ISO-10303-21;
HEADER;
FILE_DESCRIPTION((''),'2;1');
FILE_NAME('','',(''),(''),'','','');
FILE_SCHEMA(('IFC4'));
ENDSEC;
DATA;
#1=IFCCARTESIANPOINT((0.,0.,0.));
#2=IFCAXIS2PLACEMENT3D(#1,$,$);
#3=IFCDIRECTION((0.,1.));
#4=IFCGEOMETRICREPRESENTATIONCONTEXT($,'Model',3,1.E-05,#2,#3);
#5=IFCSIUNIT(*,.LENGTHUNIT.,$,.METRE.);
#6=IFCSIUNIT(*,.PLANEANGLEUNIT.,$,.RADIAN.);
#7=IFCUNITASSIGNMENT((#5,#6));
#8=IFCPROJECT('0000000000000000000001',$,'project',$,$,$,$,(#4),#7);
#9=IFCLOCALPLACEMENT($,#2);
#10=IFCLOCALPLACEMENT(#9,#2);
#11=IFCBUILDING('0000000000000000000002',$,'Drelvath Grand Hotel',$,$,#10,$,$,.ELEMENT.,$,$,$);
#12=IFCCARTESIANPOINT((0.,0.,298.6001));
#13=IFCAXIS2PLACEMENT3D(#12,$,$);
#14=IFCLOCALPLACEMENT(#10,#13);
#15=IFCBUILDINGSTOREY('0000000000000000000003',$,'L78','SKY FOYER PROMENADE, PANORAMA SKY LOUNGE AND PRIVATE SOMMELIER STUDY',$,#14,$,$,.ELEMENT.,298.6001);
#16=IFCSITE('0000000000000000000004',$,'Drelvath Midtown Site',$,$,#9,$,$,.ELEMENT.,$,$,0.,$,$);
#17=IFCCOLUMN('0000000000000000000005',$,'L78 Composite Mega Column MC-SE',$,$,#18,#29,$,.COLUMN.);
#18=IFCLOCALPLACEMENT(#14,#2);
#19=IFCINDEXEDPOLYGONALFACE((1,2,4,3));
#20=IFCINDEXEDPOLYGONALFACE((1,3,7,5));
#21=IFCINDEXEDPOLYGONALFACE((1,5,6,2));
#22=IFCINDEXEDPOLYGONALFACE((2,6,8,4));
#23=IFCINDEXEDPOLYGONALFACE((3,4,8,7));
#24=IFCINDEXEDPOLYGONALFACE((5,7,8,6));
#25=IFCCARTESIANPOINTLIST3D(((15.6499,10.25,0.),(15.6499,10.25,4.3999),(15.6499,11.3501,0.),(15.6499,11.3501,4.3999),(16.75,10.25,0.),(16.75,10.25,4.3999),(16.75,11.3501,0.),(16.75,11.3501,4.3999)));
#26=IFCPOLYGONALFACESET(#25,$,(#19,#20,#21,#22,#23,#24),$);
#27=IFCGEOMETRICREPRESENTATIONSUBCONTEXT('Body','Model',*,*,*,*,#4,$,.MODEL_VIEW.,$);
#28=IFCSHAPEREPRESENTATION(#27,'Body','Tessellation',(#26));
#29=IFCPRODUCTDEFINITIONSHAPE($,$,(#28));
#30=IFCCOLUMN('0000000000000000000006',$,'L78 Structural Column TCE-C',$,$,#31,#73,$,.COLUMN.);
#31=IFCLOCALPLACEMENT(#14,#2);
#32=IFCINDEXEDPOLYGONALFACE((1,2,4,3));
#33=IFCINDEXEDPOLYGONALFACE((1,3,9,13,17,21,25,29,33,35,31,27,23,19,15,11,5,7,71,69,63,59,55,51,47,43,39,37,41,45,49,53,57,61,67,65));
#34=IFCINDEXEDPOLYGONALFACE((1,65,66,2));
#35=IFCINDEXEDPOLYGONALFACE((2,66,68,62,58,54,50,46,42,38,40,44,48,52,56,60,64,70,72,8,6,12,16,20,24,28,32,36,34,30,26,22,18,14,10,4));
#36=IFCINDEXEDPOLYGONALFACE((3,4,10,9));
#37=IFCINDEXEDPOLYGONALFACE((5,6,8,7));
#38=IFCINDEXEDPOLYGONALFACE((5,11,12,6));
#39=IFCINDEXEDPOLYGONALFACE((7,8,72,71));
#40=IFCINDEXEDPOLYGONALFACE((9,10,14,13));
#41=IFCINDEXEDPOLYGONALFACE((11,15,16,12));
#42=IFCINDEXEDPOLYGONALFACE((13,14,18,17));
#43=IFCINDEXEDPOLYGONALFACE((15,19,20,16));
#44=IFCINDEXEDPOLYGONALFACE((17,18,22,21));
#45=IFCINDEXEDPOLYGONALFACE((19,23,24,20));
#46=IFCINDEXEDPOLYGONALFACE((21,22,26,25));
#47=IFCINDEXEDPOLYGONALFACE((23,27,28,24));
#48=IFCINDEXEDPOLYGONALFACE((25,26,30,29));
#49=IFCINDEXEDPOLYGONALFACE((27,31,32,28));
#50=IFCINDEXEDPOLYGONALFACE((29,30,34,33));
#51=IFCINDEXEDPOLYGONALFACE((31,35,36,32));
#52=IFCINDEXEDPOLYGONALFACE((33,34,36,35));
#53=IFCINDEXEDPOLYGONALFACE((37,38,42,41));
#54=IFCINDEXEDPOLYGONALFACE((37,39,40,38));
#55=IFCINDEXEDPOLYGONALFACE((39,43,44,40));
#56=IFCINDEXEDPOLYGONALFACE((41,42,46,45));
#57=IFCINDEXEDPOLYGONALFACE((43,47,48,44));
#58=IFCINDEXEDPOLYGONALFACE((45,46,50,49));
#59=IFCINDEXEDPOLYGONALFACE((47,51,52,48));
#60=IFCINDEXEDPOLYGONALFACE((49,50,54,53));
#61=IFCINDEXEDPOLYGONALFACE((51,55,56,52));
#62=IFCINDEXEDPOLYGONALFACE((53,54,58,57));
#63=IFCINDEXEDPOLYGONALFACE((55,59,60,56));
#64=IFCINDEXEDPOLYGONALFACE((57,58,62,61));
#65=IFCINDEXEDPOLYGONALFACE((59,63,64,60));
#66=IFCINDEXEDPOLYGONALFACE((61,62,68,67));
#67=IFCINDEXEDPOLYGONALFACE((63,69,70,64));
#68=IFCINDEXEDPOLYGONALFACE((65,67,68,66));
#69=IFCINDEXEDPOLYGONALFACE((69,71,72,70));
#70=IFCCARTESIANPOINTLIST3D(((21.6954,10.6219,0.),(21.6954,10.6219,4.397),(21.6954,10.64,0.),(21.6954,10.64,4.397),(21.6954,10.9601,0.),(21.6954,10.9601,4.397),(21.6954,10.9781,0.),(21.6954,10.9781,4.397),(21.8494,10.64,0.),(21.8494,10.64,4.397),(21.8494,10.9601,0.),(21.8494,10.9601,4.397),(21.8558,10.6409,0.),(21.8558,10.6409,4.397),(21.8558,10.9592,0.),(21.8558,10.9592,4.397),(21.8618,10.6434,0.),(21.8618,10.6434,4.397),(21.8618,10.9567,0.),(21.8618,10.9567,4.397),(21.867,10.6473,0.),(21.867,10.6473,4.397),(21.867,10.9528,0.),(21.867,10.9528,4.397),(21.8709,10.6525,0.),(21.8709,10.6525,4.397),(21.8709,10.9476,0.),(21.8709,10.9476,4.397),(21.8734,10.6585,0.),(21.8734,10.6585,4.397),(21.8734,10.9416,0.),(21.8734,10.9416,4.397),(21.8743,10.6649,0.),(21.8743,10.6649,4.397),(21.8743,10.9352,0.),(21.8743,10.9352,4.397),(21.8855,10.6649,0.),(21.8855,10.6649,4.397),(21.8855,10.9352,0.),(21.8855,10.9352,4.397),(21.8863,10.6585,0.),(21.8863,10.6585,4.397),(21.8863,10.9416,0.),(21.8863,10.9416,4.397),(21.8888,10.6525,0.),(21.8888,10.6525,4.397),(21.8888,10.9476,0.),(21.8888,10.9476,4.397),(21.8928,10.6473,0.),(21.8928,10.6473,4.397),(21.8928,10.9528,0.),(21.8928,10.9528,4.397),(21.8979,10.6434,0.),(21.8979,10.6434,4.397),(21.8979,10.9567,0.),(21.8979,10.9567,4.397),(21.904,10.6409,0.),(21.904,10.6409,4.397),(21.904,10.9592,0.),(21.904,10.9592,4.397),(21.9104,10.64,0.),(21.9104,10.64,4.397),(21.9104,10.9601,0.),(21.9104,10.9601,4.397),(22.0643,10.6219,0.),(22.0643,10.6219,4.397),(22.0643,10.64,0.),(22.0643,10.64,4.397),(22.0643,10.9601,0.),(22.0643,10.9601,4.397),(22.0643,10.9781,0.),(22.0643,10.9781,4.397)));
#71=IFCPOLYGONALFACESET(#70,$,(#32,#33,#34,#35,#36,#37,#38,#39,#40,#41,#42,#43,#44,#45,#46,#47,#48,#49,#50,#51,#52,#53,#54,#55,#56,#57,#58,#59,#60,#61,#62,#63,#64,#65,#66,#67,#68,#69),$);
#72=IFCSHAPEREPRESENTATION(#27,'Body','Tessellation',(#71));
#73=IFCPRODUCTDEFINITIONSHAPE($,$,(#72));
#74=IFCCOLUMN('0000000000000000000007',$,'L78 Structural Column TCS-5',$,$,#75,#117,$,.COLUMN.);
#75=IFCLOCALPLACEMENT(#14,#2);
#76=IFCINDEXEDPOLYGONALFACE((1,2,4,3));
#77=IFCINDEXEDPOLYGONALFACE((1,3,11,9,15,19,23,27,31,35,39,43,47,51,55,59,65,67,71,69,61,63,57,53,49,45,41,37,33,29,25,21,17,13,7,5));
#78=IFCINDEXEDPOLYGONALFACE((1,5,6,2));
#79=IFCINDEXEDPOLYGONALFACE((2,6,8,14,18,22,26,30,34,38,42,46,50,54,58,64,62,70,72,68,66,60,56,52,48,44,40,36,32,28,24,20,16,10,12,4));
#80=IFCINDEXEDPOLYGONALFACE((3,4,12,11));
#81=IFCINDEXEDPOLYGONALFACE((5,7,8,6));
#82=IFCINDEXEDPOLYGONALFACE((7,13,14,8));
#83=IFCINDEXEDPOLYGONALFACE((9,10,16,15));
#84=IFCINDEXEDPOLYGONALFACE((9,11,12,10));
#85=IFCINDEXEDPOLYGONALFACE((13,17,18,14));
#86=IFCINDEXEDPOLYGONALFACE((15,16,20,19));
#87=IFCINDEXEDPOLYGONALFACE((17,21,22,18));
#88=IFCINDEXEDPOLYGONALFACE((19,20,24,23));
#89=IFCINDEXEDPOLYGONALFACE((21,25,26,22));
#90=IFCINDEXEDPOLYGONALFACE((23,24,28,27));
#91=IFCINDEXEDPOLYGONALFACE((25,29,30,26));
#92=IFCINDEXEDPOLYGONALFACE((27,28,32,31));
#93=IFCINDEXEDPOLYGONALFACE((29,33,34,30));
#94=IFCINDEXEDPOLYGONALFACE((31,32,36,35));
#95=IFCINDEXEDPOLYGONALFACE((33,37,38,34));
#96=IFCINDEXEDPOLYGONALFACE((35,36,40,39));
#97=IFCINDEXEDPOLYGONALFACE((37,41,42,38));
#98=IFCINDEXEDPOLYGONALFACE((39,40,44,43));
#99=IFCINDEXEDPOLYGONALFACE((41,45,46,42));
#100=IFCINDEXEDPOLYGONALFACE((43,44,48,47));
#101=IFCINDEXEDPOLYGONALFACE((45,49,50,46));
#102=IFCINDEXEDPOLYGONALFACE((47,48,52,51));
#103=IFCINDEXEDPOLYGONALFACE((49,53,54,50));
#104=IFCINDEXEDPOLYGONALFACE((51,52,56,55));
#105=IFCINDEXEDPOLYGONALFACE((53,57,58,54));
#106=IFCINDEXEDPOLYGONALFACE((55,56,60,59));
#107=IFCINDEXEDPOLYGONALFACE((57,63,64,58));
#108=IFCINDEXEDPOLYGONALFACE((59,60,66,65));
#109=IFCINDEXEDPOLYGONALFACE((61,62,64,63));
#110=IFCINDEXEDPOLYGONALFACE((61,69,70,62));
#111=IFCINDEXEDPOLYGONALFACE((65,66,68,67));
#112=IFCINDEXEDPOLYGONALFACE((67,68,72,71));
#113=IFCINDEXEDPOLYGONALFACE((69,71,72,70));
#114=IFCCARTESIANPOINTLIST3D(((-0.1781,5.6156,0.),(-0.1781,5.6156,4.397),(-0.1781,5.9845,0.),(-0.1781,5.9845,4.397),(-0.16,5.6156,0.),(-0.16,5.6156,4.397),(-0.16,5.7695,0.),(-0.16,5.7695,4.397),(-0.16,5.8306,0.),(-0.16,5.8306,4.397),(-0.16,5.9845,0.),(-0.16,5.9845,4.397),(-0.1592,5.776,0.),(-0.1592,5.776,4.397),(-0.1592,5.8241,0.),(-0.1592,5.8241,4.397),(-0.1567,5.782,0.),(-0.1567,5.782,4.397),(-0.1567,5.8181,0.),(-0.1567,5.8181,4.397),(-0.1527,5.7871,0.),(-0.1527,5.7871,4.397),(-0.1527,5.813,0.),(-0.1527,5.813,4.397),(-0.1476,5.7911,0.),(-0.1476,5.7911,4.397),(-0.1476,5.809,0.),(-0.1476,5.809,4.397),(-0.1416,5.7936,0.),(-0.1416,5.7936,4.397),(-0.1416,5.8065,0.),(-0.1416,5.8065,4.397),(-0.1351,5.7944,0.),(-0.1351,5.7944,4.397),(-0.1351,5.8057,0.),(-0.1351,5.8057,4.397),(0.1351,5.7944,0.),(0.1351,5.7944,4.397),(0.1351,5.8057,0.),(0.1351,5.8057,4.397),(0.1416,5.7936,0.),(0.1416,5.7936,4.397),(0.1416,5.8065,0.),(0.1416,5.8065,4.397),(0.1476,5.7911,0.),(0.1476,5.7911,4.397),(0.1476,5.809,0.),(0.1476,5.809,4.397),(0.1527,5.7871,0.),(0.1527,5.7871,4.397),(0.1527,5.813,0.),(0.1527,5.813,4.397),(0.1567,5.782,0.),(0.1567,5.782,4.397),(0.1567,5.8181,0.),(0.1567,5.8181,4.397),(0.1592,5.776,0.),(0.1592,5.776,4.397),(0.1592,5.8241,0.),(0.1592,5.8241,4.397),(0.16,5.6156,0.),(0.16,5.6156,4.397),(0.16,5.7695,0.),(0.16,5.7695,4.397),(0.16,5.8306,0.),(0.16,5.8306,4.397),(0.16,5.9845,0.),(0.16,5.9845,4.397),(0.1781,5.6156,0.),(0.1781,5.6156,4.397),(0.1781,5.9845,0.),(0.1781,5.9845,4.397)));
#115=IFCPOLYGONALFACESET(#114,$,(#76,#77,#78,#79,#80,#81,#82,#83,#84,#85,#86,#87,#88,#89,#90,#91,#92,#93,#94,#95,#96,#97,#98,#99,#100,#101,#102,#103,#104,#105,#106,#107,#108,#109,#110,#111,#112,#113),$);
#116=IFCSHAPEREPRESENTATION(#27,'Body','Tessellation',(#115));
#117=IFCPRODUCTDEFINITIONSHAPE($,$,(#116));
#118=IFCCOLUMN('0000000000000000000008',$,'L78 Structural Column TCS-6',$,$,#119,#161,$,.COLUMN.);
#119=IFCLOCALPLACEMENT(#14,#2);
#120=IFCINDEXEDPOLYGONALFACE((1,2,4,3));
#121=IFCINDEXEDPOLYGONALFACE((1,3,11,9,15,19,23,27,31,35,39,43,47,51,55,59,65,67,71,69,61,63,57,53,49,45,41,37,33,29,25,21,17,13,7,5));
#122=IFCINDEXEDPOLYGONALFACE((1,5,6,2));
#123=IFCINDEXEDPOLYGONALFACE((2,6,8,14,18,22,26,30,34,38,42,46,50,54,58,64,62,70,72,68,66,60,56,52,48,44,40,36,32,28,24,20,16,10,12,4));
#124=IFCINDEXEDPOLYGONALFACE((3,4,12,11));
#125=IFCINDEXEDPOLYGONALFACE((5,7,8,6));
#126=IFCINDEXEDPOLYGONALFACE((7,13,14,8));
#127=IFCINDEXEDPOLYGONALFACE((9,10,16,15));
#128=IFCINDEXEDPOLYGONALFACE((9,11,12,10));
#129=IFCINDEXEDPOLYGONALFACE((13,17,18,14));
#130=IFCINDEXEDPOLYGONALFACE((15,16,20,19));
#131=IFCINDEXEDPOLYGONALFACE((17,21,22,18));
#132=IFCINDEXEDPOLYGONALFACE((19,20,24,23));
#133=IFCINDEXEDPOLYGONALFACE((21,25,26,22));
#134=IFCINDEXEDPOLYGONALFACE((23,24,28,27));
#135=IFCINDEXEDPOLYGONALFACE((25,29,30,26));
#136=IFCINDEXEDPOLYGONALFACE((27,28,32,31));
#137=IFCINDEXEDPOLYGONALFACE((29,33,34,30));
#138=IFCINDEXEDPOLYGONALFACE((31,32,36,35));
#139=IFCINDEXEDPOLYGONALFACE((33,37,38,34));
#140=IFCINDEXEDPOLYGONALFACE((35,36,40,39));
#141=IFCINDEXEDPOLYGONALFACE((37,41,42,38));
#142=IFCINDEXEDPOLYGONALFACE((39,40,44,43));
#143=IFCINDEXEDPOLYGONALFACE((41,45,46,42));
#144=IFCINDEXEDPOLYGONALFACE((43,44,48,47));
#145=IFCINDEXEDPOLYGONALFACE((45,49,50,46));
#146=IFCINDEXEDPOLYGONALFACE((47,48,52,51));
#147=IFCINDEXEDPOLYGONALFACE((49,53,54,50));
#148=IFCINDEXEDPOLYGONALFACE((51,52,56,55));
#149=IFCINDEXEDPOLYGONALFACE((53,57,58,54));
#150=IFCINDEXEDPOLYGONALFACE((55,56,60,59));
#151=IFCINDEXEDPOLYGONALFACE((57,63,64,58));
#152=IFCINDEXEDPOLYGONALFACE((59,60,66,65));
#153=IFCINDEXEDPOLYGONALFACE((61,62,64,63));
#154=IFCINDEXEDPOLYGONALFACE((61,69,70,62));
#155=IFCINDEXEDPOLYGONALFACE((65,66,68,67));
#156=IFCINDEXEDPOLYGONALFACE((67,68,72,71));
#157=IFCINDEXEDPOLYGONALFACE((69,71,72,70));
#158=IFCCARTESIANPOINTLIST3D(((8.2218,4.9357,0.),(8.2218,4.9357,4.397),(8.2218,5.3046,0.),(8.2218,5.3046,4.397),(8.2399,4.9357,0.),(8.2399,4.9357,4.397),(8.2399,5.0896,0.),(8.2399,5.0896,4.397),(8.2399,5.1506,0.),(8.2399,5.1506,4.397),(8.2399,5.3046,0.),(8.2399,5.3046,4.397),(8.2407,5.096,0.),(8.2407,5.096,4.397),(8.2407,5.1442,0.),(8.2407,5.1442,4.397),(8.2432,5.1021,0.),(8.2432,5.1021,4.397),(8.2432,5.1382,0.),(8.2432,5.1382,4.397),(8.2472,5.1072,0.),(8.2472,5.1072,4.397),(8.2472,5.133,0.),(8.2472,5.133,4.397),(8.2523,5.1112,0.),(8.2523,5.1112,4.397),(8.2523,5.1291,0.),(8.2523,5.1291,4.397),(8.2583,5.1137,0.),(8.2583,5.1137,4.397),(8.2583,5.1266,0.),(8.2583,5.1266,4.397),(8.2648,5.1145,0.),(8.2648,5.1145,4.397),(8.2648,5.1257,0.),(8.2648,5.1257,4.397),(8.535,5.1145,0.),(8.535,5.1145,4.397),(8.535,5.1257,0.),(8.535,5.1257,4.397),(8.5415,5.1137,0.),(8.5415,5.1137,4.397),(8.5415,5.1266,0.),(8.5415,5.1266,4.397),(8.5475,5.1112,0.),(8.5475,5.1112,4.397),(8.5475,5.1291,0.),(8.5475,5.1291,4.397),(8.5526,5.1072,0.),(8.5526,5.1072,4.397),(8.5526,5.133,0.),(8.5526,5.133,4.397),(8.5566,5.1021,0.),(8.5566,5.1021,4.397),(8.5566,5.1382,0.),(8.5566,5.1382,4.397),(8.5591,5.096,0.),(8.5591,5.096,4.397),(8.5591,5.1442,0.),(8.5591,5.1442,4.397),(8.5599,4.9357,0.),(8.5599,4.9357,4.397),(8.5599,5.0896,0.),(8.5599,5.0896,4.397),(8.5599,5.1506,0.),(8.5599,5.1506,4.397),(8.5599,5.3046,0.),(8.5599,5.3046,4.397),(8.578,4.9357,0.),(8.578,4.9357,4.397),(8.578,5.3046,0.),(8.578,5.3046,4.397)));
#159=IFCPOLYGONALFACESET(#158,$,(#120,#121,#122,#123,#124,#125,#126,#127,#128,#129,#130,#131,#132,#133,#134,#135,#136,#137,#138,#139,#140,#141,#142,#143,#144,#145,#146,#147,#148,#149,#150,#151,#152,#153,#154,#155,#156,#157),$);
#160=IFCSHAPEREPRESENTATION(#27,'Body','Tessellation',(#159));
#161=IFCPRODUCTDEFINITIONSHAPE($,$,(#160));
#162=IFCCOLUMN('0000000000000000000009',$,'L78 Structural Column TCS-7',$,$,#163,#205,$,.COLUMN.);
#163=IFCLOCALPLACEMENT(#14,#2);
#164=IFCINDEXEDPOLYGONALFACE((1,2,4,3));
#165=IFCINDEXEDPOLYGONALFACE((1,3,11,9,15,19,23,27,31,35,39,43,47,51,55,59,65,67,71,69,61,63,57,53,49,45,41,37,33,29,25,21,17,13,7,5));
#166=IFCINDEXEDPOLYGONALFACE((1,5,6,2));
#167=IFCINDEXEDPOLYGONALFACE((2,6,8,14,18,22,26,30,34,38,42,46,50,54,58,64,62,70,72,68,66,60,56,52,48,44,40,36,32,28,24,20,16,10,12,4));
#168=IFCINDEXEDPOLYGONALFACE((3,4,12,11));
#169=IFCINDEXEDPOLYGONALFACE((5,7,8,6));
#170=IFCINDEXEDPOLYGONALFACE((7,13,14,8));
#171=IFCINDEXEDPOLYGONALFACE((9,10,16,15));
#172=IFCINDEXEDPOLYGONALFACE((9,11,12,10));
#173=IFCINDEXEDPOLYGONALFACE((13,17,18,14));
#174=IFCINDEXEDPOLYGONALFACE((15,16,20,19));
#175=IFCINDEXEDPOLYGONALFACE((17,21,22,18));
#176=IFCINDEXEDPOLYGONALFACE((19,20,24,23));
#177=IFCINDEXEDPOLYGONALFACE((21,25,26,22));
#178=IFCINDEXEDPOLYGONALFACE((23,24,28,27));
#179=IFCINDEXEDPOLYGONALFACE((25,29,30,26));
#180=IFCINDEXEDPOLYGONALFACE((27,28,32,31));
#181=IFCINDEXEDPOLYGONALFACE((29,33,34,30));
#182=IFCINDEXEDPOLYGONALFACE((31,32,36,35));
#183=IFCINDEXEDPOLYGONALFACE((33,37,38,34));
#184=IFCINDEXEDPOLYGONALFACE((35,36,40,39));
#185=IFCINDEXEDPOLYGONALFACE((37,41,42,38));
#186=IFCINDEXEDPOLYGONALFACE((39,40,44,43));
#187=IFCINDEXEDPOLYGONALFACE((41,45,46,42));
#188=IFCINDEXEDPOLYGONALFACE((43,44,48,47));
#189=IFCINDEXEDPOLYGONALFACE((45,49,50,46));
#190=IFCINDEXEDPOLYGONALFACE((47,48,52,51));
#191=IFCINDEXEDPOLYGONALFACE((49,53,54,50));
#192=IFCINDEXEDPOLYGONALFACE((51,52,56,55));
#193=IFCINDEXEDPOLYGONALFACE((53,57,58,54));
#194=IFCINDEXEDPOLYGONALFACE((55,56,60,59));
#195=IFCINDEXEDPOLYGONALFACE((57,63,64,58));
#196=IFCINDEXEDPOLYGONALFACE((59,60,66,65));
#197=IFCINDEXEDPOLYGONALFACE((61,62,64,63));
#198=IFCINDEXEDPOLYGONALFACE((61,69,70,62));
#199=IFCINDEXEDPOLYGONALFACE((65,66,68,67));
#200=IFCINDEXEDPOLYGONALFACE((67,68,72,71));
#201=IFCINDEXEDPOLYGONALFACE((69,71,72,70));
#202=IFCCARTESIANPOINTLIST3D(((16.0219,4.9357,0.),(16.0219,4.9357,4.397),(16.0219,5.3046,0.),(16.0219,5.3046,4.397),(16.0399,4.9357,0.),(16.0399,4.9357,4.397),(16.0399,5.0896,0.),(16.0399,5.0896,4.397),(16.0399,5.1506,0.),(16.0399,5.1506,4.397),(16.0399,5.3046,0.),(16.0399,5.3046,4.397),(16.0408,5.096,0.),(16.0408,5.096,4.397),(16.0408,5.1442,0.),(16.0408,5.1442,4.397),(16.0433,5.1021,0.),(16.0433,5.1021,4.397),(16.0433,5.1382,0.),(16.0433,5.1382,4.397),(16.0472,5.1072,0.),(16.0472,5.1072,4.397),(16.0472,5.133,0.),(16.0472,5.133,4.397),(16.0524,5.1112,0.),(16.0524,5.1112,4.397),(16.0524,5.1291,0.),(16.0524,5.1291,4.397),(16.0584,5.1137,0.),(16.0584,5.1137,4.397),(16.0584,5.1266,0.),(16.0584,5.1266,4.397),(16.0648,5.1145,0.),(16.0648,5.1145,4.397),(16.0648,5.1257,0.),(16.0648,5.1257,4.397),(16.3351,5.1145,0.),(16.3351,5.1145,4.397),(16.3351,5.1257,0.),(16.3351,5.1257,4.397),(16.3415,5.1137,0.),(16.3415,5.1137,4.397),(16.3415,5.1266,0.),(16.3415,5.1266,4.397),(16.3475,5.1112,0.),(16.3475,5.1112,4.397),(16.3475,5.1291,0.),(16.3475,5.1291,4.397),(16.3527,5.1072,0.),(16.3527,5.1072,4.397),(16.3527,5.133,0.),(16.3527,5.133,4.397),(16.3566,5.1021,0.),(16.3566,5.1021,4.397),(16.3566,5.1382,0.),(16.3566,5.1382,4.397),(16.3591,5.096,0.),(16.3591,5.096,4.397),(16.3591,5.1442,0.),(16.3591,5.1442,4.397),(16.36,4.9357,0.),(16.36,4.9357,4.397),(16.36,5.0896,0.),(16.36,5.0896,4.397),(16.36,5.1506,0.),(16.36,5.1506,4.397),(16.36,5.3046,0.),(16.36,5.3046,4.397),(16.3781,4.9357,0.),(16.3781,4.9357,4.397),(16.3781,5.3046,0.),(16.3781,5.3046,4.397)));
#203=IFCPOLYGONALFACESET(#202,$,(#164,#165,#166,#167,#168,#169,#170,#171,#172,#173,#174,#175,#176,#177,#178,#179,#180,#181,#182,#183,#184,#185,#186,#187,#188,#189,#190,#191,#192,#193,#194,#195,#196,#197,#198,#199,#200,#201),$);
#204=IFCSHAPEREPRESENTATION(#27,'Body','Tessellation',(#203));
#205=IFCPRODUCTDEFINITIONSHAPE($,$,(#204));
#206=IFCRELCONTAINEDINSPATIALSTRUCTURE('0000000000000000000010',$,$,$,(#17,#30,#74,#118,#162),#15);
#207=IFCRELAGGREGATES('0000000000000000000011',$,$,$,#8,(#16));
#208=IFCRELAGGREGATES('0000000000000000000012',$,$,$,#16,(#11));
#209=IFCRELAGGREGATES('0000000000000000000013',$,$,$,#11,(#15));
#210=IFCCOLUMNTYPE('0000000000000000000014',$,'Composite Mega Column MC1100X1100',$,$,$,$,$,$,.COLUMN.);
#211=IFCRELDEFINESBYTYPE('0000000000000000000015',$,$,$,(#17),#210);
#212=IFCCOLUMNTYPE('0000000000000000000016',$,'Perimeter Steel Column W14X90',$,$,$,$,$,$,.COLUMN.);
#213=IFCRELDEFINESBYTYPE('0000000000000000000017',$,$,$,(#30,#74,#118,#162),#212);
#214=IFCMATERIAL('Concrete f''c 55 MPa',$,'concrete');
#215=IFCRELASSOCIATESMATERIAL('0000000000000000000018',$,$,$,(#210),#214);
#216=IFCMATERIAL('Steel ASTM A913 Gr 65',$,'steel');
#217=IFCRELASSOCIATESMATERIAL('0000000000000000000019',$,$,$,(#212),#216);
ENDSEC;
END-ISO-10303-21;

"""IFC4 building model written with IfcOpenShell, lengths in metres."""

from ifc_helpers import new_model, si_unit, direction, frame, origin, origin_2d, place, context, subcontext, project, spatial, rectangle, i_section, extrude, material, material_profile, profile_set, type_object, element, save


model = new_model("IFC4")

# Units and contexts
model_context = context("Model", 3, precision=1e-05, world=origin(), true_north=direction((0.0, 1.0)))
body_context = subcontext(model_context, "Body", "Model", "MODEL_VIEW")
ifc_project = project(units=[si_unit("LENGTHUNIT", "METRE"), si_unit("PLANEANGLEUNIT", "RADIAN")], contexts=[model_context])

# Site, building, storey
site_placement = place(None, origin())
site = spatial("IfcSite", under=ifc_project, at=site_placement, Name="Drelvath Midtown Site", CompositionType="ELEMENT", RefElevation=0.0)
building_placement = place(site_placement, origin())
building = spatial("IfcBuilding", under=site, at=building_placement, Name="Drelvath Grand Hotel", CompositionType="ELEMENT")
storey_placement = place(building_placement, frame((0.0, 0.0, 298.6001)))
storey = spatial("IfcBuildingStorey", under=building, at=storey_placement, Name="L78", Description="SKY FOYER PROMENADE, PANORAMA SKY LOUNGE AND PRIVATE SOMMELIER STUDY", CompositionType="ELEMENT", Elevation=298.6001)

# Columns
ifc_material_1 = material(Name="Concrete f'c 55 MPa", Category="concrete")
ifc_material_profile_1 = material_profile(ifc_material_1, rectangle(XDim=1.1001, YDim=1.1001, at=origin_2d()), Name="MC1100X1100")
ifc_profile_set_1 = profile_set([ifc_material_profile_1], Name="Concrete f'c 55 MPa")
column_type_1 = type_object("IfcColumnType", Name="Composite Mega Column MC1100X1100", PredefinedType="COLUMN", material=ifc_profile_set_1)
column_placement = place(storey_placement, frame((16.2, 10.8, 0.0), z_axis=(0.0, 0.0, 1.0), x_axis=(1.0, 0.0, 0.0)))
element("IfcColumn", 1, at=column_placement, inside=storey, type_object=column_type_1, Name="L78 Composite Mega Column MC-SE", PredefinedType="COLUMN", context=body_context, shape_type="SweptSolid", body=[
    extrude(rectangle(XDim=1.1001, YDim=1.1001, at=origin_2d()), origin(), (0.0, 0.0, 1.0), 4.3999),
])
ifc_material_2 = material(Name="Steel ASTM A913 Gr 65", Category="steel")
ifc_material_profile_2 = material_profile(ifc_material_2, i_section(OverallWidth=0.3689, OverallDepth=0.3562, WebThickness=0.0112, FlangeThickness=0.0181, FilletRadius=0.0249, at=origin_2d()), Name="W14X90")
ifc_profile_set_2 = profile_set([ifc_material_profile_2], Name="Steel ASTM A913 Gr 65")
column_type_2 = type_object("IfcColumnType", Name="Perimeter Steel Column W14X90", PredefinedType="COLUMN", material=ifc_profile_set_2)
for number, where, z_axis, x_axis, name in (
    (2, (21.8799, 10.8, 0.0), (0.0, 0.0, 1.0), (1.0, 0.0, 0.0), "L78 Structural Column TCE-C"),
    (3, (0.0, 5.8, 0.0), (0.0, 0.0, 1.0), (0.0, 1.0, 0.0), "L78 Structural Column TCS-5"),
    (4, (8.3999, 5.1201, 0.0), (0.0, 0.0, 1.0), (0.0, 1.0, 0.0), "L78 Structural Column TCS-6"),
    (5, (16.2, 5.1201, 0.0), (0.0, 0.0, 1.0), (0.0, 1.0, 0.0), "L78 Structural Column TCS-7"),
):
    element("IfcColumn", number, at=place(storey_placement, frame(where, z_axis=z_axis, x_axis=x_axis)), inside=storey, type_object=column_type_2, Name=name, PredefinedType="COLUMN", context=body_context, shape_type="SweptSolid", body=[
        extrude(i_section(OverallWidth=0.3689, OverallDepth=0.3562, WebThickness=0.0112, FlangeThickness=0.0181, FilletRadius=0.0249, at=origin_2d()), origin(), (0.0, 0.0, 1.0), 4.397),
    ])

save(model, "model.ifc")
